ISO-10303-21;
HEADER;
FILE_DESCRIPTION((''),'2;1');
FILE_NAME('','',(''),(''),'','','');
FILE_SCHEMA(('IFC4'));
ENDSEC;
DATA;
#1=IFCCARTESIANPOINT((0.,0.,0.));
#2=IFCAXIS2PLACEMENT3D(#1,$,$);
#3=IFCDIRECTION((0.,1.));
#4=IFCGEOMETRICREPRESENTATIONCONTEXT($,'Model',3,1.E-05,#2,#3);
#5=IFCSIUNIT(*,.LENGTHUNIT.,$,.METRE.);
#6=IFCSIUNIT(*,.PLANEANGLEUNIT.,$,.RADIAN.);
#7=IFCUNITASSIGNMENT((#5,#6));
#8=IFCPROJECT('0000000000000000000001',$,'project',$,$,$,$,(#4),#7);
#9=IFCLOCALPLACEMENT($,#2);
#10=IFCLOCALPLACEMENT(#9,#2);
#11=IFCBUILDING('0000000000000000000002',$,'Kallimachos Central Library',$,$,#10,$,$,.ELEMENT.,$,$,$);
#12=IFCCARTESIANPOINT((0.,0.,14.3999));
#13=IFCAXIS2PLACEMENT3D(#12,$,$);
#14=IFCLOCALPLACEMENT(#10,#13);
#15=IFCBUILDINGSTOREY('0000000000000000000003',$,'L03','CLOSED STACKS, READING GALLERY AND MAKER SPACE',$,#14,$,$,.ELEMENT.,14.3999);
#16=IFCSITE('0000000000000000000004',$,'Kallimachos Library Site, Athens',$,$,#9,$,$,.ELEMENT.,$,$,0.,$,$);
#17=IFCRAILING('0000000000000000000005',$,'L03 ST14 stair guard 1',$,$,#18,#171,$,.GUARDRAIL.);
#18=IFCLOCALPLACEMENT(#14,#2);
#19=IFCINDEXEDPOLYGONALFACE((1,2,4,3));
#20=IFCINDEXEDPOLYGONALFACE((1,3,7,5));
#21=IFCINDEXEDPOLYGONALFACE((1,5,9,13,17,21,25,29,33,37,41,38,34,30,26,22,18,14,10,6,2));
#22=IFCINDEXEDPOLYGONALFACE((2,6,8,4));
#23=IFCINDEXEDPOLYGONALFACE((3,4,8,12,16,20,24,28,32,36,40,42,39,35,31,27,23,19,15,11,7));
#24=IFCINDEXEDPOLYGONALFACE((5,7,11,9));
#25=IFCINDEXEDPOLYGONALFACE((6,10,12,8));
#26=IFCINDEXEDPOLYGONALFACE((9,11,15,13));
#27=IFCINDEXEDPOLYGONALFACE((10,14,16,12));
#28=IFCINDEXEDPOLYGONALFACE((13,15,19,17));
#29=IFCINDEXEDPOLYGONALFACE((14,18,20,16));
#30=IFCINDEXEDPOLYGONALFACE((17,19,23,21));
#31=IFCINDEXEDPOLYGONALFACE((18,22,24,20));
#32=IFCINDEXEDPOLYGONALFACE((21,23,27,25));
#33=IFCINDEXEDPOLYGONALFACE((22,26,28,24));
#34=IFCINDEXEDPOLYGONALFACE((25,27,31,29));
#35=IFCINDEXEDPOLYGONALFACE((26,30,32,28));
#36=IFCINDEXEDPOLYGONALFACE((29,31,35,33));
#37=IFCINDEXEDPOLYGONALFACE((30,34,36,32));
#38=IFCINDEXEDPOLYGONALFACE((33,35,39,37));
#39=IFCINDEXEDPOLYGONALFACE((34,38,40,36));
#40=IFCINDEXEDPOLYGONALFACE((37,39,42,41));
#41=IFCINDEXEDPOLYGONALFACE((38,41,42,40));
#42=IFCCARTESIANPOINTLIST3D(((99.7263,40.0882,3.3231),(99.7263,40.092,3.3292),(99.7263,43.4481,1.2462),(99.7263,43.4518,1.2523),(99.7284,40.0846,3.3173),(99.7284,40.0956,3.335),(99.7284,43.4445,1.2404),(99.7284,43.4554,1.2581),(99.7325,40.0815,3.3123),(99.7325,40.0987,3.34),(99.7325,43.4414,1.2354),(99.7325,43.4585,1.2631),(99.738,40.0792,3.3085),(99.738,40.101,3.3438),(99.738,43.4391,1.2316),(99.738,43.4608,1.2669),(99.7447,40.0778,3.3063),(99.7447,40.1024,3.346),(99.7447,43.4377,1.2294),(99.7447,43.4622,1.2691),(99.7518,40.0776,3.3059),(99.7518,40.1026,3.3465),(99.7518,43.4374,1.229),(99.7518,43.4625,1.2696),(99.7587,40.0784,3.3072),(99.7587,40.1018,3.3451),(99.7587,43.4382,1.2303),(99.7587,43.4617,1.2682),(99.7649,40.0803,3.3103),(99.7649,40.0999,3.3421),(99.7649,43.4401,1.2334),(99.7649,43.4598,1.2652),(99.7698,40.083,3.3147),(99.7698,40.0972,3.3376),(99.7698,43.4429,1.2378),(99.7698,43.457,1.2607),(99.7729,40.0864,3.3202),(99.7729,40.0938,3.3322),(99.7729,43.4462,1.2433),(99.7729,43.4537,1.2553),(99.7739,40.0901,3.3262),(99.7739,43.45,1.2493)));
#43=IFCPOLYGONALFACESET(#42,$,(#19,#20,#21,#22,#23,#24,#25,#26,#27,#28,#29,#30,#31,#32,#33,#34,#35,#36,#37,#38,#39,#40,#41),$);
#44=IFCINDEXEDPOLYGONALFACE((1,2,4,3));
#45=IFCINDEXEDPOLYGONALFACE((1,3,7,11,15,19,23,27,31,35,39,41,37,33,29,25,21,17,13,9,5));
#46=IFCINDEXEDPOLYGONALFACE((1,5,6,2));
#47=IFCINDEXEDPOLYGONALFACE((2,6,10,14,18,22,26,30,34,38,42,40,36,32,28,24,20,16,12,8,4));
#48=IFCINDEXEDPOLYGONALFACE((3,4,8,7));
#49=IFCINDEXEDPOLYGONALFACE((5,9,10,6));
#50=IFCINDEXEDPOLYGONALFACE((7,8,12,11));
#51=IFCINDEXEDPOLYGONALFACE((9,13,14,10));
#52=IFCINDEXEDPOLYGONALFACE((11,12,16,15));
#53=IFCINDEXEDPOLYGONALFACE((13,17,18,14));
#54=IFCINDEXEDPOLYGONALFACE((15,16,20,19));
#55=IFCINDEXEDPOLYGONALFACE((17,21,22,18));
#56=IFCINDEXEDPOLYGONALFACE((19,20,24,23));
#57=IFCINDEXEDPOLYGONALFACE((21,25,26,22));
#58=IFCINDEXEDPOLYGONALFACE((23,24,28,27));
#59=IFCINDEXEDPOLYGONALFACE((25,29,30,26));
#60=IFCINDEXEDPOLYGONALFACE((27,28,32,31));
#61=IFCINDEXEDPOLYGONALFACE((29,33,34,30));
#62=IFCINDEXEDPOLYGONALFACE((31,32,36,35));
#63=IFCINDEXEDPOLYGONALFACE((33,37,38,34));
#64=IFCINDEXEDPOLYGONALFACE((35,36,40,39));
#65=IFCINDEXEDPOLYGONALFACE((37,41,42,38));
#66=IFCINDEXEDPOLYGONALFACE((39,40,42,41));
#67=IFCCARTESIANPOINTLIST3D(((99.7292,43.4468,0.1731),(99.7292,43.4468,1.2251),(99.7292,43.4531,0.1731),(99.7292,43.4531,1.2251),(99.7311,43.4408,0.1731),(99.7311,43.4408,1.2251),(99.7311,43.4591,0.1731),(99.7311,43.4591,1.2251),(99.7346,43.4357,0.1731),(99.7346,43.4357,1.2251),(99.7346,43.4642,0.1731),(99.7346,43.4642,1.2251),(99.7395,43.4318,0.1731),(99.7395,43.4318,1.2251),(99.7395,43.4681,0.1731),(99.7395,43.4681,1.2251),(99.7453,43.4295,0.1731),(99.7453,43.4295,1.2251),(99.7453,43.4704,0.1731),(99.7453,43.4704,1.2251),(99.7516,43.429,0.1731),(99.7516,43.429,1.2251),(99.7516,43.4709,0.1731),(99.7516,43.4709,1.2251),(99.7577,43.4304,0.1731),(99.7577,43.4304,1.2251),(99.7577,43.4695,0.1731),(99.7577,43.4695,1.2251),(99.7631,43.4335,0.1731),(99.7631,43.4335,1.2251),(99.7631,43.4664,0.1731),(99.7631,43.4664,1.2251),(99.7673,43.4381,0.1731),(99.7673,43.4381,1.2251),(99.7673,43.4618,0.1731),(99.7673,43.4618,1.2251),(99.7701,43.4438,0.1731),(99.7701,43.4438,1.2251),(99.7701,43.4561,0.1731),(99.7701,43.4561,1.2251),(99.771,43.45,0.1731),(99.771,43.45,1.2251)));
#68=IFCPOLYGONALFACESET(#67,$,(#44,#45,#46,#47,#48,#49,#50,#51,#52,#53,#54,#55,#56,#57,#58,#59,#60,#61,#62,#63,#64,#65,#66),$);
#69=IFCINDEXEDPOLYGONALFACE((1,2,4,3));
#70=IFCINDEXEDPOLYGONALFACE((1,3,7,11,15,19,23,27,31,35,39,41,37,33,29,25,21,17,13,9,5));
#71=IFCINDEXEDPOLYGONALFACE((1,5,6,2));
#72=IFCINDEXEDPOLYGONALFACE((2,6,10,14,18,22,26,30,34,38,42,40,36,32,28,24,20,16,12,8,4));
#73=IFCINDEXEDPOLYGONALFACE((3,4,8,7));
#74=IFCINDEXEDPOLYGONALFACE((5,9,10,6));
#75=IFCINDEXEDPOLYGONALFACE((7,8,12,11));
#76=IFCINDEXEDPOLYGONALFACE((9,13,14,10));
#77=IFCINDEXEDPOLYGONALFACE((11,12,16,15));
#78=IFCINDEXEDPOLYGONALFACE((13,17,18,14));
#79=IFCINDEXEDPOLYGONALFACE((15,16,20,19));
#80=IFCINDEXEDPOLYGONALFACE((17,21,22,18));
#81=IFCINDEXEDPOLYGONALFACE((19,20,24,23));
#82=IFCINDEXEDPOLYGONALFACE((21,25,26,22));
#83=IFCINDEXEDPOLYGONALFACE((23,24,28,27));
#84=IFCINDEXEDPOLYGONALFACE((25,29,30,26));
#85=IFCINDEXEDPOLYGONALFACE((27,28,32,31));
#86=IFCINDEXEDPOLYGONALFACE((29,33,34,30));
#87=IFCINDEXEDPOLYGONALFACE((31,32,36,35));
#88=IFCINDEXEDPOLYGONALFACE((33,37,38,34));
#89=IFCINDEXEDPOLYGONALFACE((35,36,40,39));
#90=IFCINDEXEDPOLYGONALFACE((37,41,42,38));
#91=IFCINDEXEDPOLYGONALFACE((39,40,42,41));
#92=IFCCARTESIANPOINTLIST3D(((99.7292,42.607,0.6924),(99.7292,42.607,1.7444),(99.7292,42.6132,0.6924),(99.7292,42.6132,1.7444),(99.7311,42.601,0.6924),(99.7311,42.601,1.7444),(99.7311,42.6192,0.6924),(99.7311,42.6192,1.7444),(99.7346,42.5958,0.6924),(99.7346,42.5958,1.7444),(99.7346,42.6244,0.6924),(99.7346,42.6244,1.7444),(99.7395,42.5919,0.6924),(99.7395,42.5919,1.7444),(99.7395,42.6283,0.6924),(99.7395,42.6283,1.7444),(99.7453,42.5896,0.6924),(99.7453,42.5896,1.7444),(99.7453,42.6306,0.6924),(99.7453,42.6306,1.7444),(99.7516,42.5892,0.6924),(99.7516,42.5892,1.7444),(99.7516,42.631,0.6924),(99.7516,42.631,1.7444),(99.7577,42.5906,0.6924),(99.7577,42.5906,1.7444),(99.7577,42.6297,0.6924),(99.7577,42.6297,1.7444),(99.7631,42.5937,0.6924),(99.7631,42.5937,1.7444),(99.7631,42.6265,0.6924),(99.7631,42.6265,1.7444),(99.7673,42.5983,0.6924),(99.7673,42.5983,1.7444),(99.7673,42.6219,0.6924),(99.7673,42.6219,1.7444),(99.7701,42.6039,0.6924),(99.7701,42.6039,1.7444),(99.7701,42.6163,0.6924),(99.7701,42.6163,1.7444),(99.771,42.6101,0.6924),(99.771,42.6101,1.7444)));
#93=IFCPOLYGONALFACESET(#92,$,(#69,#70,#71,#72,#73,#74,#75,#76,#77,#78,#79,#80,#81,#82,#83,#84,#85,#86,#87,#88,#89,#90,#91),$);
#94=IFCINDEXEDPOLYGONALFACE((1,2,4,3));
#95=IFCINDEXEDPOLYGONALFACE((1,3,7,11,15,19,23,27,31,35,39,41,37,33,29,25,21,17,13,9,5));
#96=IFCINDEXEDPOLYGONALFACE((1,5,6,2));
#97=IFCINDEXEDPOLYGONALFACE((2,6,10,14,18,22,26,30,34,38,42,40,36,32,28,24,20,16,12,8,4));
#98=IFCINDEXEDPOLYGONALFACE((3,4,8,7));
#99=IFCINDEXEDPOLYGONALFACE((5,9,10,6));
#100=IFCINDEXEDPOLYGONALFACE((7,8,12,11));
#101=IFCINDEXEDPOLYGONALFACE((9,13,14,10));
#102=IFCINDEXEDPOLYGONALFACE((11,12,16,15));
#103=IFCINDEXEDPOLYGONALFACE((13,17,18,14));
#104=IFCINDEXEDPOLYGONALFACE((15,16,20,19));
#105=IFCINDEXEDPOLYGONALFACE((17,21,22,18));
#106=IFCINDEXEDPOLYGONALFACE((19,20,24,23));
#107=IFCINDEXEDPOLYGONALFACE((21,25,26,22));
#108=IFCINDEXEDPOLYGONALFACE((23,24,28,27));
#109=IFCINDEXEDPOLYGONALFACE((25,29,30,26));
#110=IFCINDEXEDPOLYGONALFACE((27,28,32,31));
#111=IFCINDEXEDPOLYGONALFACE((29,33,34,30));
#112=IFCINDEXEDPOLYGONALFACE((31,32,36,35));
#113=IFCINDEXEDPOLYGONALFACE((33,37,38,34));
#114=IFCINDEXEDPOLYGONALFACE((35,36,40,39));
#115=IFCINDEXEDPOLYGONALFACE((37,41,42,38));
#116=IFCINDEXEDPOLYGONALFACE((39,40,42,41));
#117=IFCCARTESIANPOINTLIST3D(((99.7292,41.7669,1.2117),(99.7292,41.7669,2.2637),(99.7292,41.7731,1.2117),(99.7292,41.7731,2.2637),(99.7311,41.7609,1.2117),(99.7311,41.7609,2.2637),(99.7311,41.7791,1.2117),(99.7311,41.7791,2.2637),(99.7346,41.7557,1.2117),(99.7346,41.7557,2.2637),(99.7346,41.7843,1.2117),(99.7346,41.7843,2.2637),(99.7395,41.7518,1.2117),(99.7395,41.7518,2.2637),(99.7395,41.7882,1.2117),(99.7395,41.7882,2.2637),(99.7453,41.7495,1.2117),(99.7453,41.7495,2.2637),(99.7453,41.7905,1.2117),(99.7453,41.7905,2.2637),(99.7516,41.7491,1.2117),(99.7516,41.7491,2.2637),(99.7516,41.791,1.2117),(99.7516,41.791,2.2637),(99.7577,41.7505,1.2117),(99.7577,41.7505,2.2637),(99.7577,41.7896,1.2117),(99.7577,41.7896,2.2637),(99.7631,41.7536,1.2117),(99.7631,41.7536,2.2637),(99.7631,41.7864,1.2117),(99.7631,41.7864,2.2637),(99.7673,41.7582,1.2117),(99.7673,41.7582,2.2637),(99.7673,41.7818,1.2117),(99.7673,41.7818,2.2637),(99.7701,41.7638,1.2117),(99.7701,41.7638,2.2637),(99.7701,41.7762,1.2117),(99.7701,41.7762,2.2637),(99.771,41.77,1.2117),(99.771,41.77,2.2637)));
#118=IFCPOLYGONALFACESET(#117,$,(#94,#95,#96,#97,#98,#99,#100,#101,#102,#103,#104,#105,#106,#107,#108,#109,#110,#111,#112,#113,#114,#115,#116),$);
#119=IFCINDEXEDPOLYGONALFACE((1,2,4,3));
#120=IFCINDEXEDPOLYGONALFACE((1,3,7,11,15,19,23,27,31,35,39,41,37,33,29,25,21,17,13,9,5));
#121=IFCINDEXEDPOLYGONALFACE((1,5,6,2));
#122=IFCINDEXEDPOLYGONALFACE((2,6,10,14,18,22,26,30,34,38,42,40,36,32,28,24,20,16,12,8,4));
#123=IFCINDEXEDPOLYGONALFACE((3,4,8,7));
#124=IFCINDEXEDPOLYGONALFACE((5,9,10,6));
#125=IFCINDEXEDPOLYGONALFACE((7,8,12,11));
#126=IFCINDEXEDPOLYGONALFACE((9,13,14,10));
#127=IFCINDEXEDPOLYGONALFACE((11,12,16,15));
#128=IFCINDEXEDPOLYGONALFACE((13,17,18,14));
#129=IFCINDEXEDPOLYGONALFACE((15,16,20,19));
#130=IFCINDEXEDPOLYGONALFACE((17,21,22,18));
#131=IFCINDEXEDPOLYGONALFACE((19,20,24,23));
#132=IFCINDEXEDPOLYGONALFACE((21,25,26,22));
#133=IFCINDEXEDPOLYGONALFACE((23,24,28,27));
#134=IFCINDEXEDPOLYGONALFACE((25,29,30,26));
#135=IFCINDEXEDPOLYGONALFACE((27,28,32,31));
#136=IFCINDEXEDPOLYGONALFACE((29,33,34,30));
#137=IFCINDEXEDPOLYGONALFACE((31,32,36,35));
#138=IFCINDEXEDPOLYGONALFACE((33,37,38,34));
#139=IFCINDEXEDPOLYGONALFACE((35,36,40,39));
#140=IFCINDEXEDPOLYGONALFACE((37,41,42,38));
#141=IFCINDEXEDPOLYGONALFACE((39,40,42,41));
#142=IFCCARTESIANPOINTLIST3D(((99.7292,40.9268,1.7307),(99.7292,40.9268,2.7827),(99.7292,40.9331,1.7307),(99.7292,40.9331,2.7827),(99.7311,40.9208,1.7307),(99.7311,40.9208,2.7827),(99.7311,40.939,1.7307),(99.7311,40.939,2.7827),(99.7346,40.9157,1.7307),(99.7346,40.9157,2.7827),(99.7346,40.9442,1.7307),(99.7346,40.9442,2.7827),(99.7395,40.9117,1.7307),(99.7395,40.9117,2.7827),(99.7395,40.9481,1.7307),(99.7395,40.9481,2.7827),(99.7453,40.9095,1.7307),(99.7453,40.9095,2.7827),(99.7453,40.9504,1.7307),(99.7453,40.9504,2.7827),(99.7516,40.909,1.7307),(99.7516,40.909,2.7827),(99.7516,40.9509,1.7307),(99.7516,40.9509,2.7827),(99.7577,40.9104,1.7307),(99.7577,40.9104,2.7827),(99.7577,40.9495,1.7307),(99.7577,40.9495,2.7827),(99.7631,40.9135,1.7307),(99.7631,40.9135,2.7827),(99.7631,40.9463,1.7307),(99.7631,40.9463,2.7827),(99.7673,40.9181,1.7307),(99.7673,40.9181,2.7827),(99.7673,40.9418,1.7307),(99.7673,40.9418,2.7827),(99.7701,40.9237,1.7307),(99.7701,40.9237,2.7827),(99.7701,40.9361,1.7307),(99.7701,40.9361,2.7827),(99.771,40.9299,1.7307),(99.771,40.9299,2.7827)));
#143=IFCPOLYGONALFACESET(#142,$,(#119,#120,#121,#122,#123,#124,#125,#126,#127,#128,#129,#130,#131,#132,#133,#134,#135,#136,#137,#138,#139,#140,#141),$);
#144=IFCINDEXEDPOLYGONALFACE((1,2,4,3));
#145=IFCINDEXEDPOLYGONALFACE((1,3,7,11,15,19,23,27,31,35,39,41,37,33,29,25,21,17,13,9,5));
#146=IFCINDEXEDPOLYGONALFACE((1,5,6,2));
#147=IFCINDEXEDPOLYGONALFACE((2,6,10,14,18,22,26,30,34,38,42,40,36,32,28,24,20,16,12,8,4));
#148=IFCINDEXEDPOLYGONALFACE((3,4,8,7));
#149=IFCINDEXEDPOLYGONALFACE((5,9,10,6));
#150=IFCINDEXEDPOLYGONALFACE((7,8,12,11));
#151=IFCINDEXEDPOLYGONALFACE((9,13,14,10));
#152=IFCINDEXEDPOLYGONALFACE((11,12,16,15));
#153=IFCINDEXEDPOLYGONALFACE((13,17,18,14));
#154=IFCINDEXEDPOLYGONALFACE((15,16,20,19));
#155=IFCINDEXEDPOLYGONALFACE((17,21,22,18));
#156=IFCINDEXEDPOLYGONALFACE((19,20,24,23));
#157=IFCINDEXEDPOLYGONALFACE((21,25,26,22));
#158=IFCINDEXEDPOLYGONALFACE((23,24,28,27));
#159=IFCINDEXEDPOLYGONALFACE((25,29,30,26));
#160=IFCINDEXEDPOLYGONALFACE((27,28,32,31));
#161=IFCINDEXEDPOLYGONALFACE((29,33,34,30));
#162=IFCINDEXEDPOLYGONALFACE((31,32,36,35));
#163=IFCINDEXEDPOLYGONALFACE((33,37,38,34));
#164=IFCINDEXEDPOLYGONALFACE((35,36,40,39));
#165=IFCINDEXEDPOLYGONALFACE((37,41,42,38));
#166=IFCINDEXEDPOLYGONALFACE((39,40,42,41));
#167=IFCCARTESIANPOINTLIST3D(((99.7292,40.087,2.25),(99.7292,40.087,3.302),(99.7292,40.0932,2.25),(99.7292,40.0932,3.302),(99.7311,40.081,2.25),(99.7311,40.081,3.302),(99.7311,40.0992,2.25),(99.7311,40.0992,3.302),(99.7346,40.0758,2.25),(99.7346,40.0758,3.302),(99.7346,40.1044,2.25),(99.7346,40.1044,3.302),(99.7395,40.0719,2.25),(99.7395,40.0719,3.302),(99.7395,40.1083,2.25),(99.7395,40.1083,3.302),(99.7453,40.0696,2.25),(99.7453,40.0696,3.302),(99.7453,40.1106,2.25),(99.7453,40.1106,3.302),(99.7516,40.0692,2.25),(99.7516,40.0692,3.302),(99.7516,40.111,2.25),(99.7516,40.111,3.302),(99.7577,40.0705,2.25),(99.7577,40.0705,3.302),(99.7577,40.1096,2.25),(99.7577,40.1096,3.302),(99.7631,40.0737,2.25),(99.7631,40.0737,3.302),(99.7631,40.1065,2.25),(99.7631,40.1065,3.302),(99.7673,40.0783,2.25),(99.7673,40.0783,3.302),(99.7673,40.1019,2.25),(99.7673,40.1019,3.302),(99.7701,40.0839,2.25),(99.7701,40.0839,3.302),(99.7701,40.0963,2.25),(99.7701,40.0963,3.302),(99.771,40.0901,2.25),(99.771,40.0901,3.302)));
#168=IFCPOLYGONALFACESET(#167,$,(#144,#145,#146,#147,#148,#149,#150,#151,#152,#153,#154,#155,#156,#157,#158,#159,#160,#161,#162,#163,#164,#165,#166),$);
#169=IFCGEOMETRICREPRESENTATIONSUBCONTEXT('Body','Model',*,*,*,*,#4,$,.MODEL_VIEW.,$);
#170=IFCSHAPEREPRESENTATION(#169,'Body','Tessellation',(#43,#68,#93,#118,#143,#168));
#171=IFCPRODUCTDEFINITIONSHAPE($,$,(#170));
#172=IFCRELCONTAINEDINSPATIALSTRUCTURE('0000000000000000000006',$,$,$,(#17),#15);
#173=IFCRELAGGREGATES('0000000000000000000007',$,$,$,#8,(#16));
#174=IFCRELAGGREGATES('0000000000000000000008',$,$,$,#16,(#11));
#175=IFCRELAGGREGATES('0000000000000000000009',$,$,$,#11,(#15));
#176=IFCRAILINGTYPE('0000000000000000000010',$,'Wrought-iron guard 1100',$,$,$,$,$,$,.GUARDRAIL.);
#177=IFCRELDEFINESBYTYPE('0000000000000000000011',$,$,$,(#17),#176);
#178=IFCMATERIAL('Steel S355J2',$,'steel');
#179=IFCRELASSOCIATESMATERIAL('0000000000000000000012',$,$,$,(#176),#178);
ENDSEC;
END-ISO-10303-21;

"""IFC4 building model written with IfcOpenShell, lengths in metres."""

from ifc_helpers import new_model, si_unit, direction, frame, origin, origin_2d, place, context, subcontext, project, spatial, circle, extrude, material, type_object, element, save


model = new_model("IFC4")

# Units and contexts
model_context = context("Model", 3, precision=1e-05, world=origin(), true_north=direction((0.0, 1.0)))
body_context = subcontext(model_context, "Body", "Model", "MODEL_VIEW")
ifc_project = project(units=[si_unit("LENGTHUNIT", "METRE"), si_unit("PLANEANGLEUNIT", "RADIAN")], contexts=[model_context])

# Site, building, storey
site_placement = place(None, origin())
site = spatial("IfcSite", under=ifc_project, at=site_placement, Name="Kallimachos Library Site, Athens", CompositionType="ELEMENT", RefElevation=0.0)
building_placement = place(site_placement, origin())
building = spatial("IfcBuilding", under=site, at=building_placement, Name="Kallimachos Central Library", CompositionType="ELEMENT")
storey_placement = place(building_placement, frame((0.0, 0.0, 14.3999)))
storey = spatial("IfcBuildingStorey", under=building, at=storey_placement, Name="L03", Description="CLOSED STACKS, READING GALLERY AND MAKER SPACE", CompositionType="ELEMENT", Elevation=14.3999)

# Railing
ifc_material_1 = material(Name="Steel S355J2", Category="steel")
railing_type_1 = type_object("IfcRailingType", Name="Wrought-iron guard 1100", PredefinedType="GUARDRAIL", material=ifc_material_1)
railing_1_placement = place(storey_placement, frame((99.75, 43.45, 0.1731)))
element("IfcRailing", 1, at=railing_1_placement, inside=storey, type_object=railing_type_1, Name="L03 ST14 stair guard 1", PredefinedType="GUARDRAIL", context=body_context, shape_type="SweptSolid", body=[
    extrude(circle(Radius=0.0239, at=origin_2d()), frame((0.0, 0.0, 1.0762), z_axis=(0.0, -0.850606, 0.525803), x_axis=(1.0, 0.0, 0.0)), (0.0, 0.0, 1.0), 3.95),
    extrude(circle(Radius=0.021, at=origin_2d()), origin(), (0.0, 0.0, 1.0), 1.052),
    extrude(circle(Radius=0.021, at=origin_2d()), frame((0.0, -0.8398, 0.5193)), (0.0, 0.0, 1.0), 1.052),
    extrude(circle(Radius=0.021, at=origin_2d()), frame((0.0, -1.6799, 1.0386)), (0.0, 0.0, 1.0), 1.052),
    extrude(circle(Radius=0.021, at=origin_2d()), frame((0.0, -2.52, 1.5576)), (0.0, 0.0, 1.0), 1.052),
    extrude(circle(Radius=0.021, at=origin_2d()), frame((0.0, -3.3599, 2.0769)), (0.0, 0.0, 1.0), 1.052),
])

save(model, "model.ifc")
